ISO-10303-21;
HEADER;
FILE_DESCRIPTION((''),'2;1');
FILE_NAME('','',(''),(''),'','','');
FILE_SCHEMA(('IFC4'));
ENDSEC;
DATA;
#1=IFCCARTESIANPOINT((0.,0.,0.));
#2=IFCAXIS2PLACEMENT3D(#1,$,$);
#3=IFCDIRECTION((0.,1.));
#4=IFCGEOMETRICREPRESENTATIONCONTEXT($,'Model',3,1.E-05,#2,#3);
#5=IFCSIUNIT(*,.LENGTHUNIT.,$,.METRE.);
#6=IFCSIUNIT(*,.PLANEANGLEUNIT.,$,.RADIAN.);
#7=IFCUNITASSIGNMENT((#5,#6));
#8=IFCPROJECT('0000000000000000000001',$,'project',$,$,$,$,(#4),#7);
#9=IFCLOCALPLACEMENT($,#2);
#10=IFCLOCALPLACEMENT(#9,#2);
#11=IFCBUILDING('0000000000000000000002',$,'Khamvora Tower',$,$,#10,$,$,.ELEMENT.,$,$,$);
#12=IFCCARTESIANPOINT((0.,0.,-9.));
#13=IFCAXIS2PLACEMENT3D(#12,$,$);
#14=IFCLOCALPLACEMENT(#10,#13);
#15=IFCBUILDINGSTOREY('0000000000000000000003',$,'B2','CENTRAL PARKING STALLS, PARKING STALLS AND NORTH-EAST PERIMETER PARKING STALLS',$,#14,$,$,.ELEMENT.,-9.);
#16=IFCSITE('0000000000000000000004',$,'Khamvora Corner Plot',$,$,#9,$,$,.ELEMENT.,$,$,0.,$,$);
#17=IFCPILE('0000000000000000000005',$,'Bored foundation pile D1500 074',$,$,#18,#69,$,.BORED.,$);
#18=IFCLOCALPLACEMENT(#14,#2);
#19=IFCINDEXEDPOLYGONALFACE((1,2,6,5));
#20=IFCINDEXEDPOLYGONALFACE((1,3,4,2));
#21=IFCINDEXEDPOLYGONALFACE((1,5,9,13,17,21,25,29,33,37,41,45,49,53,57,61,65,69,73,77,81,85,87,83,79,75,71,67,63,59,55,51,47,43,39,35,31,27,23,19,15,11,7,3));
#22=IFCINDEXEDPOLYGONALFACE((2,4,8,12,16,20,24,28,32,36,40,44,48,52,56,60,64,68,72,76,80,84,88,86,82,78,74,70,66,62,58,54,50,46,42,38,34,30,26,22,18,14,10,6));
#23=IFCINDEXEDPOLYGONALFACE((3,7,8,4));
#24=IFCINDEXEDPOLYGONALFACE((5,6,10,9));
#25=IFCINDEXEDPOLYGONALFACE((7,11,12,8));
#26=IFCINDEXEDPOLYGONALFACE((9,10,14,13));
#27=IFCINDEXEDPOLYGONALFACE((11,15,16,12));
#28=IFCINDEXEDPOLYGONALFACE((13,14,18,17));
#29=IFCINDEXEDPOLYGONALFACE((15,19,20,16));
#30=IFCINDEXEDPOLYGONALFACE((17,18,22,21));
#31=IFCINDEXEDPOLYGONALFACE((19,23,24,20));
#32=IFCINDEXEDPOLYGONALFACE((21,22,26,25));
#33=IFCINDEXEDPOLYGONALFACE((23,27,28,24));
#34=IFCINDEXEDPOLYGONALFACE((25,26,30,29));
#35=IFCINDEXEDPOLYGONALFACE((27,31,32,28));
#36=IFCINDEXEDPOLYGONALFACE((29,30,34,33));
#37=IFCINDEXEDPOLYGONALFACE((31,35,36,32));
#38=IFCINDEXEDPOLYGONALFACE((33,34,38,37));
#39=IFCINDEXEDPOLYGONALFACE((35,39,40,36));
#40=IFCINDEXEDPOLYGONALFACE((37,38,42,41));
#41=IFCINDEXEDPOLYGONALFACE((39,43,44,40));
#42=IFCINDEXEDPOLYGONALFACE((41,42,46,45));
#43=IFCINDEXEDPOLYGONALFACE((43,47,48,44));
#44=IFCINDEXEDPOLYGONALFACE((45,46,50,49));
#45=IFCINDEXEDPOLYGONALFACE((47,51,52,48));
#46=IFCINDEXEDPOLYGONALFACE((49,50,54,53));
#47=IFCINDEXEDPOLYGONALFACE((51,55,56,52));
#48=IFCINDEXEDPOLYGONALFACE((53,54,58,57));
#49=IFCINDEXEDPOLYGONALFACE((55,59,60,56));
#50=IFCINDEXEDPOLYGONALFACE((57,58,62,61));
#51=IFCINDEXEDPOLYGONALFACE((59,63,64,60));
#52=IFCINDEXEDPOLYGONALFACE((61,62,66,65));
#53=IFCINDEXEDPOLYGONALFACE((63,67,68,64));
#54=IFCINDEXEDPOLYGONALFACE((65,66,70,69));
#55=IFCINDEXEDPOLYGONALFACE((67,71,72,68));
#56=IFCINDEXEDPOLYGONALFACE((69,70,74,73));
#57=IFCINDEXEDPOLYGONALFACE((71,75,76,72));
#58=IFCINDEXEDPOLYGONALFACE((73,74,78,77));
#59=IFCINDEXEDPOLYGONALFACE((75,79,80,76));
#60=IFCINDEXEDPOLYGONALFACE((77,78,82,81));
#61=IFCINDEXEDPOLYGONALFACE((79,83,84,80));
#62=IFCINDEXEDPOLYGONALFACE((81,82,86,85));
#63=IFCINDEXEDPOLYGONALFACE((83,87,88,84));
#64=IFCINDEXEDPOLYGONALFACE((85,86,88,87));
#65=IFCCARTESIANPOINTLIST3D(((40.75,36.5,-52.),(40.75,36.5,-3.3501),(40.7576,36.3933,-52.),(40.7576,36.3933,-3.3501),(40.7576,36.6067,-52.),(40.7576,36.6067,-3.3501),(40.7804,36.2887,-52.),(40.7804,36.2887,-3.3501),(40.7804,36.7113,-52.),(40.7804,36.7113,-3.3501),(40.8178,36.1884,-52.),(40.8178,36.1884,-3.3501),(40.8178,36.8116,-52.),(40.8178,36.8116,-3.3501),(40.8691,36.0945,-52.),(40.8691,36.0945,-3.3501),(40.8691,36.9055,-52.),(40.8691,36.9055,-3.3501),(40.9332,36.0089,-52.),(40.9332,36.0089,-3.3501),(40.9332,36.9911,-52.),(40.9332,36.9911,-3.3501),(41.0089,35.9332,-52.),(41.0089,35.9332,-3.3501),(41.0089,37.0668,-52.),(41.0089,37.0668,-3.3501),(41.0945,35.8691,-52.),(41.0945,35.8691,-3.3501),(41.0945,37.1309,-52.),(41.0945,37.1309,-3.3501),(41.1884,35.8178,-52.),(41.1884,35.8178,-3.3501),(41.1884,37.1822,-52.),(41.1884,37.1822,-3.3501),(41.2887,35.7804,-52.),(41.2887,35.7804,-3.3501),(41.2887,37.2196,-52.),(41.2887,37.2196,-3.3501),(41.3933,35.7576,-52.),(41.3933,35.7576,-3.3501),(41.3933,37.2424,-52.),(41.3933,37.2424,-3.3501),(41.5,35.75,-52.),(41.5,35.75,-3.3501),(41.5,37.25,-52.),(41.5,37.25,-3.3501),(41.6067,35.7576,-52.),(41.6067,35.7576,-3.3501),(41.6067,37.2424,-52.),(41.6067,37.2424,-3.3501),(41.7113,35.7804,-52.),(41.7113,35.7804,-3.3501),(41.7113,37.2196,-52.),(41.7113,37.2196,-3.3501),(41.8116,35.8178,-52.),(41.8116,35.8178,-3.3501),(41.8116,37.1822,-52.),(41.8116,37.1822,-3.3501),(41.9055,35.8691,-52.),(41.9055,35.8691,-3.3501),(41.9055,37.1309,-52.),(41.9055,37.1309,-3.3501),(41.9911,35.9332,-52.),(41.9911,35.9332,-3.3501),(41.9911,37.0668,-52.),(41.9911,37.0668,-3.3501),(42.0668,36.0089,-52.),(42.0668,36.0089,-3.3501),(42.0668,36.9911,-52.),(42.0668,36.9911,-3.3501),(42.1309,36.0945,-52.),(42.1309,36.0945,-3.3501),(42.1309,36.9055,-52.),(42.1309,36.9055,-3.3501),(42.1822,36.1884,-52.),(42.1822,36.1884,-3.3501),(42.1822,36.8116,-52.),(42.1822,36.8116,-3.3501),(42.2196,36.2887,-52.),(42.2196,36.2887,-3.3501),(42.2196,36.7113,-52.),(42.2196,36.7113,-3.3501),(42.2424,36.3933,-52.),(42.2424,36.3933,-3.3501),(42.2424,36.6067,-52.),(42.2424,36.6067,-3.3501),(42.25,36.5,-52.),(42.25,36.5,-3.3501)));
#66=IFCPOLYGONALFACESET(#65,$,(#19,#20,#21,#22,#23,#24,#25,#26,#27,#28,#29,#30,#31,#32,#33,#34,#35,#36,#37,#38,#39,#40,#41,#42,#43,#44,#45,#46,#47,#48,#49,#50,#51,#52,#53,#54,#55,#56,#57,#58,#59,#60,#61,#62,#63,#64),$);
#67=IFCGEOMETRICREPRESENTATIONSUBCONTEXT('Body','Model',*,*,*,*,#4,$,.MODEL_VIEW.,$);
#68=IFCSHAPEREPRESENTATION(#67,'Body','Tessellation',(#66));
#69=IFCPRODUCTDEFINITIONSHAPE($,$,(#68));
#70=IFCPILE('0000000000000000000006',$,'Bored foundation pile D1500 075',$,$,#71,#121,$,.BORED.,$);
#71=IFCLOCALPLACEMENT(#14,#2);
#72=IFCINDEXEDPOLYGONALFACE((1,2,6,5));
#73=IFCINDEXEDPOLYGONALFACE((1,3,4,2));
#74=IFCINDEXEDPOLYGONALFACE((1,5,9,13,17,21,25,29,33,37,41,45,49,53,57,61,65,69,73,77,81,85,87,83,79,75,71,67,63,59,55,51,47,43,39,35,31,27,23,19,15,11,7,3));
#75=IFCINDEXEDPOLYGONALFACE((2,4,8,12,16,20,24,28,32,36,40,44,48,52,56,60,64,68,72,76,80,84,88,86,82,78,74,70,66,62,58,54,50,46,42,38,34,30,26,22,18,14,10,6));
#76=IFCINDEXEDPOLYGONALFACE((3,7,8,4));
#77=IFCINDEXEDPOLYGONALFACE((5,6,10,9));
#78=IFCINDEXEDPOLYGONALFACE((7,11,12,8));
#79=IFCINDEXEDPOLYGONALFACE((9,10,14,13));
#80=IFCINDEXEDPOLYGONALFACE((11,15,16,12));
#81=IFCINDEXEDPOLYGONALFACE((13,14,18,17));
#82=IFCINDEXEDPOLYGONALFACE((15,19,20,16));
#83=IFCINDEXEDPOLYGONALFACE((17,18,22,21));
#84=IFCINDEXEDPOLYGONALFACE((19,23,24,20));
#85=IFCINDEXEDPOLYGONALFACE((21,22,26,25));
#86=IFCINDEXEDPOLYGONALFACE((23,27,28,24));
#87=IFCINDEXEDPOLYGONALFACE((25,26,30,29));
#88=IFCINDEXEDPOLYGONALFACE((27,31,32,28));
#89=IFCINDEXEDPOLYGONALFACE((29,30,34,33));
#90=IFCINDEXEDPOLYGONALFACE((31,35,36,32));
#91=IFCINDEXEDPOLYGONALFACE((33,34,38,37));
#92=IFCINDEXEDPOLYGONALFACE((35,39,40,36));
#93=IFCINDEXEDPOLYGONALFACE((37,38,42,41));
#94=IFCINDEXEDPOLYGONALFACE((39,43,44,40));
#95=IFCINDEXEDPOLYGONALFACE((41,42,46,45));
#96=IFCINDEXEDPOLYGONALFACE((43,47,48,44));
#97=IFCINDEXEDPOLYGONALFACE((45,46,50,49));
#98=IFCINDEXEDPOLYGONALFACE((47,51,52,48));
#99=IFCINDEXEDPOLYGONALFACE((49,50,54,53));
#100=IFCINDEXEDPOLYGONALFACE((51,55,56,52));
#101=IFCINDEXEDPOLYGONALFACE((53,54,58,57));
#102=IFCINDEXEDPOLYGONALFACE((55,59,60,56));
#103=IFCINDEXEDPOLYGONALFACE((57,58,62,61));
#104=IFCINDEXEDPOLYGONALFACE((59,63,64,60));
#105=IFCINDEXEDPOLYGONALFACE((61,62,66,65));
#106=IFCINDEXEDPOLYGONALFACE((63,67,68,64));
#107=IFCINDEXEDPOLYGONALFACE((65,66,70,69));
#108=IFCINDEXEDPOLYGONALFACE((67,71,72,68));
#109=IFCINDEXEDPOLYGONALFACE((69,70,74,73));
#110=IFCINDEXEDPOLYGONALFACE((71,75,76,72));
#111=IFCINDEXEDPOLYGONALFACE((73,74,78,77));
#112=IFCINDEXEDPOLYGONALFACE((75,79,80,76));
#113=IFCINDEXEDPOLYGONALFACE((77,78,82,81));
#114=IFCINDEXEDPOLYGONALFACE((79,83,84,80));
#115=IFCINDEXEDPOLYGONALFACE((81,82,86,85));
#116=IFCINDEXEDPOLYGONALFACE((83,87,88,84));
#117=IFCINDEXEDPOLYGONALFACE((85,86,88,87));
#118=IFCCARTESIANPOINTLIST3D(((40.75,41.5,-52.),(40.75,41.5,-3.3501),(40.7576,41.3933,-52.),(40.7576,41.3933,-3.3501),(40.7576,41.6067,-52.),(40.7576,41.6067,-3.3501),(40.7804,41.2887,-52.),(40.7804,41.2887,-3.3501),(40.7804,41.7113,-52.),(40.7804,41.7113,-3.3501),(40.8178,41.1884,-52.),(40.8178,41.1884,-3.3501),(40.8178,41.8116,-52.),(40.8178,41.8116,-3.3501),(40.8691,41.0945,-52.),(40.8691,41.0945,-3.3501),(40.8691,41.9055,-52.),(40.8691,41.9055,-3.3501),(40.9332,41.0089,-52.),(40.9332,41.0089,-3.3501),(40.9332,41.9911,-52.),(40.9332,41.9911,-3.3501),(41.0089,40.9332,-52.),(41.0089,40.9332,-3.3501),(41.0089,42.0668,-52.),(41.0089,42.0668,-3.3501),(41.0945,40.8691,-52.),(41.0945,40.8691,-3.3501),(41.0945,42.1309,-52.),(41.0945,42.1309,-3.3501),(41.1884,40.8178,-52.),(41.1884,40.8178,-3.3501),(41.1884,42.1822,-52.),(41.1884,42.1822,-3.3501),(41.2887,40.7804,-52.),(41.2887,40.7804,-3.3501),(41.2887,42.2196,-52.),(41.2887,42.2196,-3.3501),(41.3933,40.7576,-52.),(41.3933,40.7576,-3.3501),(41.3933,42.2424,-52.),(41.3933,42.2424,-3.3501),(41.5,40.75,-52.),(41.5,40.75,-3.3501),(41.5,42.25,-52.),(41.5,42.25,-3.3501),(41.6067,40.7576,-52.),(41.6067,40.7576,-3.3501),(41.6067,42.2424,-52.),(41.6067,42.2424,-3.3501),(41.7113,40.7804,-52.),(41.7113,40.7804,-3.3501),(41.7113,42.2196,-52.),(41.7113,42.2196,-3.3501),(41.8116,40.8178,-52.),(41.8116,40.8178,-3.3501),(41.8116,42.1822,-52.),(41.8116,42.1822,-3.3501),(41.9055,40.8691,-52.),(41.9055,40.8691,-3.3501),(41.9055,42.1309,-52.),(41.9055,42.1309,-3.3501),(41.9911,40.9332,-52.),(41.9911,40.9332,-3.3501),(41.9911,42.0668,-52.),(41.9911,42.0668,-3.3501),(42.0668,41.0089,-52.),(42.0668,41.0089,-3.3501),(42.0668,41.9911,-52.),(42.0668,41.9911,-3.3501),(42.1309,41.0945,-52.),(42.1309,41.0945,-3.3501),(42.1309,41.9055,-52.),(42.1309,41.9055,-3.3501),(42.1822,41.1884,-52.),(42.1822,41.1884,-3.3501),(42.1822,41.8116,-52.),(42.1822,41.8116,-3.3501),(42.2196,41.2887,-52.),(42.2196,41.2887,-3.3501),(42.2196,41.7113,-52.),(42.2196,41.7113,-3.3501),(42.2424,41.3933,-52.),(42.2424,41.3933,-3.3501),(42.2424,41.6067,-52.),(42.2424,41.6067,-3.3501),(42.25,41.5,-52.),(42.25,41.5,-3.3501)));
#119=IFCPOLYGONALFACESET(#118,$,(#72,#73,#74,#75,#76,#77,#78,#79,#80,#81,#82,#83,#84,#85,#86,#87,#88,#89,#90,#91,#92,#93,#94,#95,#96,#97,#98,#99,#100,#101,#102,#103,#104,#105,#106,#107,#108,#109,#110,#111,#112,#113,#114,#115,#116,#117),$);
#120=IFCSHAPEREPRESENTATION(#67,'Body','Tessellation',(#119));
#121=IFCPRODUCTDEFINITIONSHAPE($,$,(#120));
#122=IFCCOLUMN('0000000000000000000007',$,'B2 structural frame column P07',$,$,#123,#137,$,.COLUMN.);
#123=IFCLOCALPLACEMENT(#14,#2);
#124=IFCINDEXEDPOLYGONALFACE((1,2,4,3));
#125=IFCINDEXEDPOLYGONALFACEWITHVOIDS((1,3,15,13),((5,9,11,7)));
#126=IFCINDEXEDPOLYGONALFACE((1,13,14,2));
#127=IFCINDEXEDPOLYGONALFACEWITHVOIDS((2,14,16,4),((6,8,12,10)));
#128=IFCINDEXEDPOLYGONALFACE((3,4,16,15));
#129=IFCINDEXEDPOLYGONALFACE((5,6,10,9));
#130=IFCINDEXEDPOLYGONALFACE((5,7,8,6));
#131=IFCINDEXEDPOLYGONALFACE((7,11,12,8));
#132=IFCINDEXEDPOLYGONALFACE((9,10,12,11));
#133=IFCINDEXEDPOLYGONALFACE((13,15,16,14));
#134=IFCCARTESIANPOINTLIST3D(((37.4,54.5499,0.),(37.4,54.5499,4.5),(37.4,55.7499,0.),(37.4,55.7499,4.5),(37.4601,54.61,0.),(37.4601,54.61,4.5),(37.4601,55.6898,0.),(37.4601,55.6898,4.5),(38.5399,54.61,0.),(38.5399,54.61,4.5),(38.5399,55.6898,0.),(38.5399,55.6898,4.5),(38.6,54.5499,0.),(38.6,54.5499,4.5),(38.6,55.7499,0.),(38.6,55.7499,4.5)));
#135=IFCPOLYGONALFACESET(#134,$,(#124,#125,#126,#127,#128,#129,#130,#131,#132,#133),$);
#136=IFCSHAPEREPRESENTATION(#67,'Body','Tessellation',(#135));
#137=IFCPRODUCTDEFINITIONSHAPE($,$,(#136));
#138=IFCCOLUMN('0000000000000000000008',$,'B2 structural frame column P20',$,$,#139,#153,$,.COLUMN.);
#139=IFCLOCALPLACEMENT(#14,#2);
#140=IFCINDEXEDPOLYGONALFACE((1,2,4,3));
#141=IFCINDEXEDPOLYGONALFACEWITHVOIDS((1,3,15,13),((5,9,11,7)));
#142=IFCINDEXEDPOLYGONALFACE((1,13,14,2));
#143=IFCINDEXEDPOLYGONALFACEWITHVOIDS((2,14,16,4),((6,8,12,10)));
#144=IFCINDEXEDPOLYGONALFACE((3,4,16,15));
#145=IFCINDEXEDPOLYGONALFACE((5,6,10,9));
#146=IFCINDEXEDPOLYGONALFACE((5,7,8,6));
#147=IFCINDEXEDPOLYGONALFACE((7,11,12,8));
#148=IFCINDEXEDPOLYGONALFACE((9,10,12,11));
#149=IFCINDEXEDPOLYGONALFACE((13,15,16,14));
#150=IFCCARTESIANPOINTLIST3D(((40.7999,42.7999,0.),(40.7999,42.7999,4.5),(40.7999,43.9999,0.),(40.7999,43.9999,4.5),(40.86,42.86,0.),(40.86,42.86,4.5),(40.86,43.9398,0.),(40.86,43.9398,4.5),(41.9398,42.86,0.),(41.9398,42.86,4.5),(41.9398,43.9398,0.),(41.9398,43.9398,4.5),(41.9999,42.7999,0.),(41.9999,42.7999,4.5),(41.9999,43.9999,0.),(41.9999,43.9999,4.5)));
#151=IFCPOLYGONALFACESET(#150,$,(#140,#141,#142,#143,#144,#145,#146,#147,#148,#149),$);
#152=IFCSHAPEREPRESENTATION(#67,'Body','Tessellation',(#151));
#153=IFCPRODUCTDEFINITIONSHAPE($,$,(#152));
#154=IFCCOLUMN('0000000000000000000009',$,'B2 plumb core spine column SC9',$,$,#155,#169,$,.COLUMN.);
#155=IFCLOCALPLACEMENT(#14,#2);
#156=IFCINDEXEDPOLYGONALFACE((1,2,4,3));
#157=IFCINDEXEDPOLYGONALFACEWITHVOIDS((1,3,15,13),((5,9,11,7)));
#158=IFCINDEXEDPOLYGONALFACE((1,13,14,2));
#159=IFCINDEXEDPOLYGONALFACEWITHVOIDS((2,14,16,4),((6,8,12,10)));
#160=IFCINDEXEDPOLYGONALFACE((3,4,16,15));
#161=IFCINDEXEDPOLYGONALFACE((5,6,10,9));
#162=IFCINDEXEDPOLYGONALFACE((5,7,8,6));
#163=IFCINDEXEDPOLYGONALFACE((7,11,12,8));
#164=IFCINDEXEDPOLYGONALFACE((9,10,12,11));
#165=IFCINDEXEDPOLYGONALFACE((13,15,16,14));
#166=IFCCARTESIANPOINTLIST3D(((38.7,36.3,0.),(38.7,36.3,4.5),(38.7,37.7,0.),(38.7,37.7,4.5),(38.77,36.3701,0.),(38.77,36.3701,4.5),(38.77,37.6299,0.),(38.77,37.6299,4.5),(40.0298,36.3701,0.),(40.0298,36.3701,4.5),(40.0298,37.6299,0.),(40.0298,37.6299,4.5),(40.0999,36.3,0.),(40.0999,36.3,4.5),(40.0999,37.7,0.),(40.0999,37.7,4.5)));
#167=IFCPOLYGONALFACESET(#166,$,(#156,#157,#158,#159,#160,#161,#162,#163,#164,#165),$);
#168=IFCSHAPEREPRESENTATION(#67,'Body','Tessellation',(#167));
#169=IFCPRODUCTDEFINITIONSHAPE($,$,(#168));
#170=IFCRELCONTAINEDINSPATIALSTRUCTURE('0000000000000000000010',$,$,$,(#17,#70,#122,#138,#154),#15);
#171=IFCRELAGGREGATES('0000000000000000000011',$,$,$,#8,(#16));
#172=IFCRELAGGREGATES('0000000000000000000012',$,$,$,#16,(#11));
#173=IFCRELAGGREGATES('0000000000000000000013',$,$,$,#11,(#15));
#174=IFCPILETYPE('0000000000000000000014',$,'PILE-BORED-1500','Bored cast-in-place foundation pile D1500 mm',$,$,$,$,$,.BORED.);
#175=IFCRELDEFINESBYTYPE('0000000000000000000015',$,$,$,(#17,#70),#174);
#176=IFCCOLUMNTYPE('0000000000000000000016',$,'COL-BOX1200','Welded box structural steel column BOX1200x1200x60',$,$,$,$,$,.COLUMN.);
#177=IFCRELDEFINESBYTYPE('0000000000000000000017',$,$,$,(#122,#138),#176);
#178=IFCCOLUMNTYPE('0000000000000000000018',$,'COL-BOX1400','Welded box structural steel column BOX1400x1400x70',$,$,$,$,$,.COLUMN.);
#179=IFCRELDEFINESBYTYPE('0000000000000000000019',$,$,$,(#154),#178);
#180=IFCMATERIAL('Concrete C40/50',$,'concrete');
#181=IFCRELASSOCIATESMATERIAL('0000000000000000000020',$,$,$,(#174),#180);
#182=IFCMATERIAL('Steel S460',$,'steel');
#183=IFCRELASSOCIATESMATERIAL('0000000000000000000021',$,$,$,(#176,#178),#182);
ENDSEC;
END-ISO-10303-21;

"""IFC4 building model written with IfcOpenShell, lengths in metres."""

from ifc_helpers import new_model, si_unit, direction, frame, origin, origin_2d, place, context, subcontext, project, spatial, hollow_rectangle, circle, extrude, material, material_profile, profile_set, type_object, element, save


model = new_model("IFC4")

# Units and contexts
model_context = context("Model", 3, precision=1e-05, world=origin(), true_north=direction((0.0, 1.0)))
body_context = subcontext(model_context, "Body", "Model", "MODEL_VIEW")
ifc_project = project(units=[si_unit("LENGTHUNIT", "METRE"), si_unit("PLANEANGLEUNIT", "RADIAN")], contexts=[model_context])

# Site, building, storey
site_placement = place(None, origin())
site = spatial("IfcSite", under=ifc_project, at=site_placement, Name="Khamvora Corner Plot", CompositionType="ELEMENT", RefElevation=0.0)
building_placement = place(site_placement, origin())
building = spatial("IfcBuilding", under=site, at=building_placement, Name="Khamvora Tower", CompositionType="ELEMENT")
storey_placement = place(building_placement, frame((0.0, 0.0, -9.0)))
storey = spatial("IfcBuildingStorey", under=building, at=storey_placement, Name="B2", Description="CENTRAL PARKING STALLS, PARKING STALLS AND NORTH-EAST PERIMETER PARKING STALLS", CompositionType="ELEMENT", Elevation=-9.0)

# Piles
ifc_material_1 = material(Name="Concrete C40/50", Category="concrete")
ifc_material_profile_1 = material_profile(ifc_material_1, circle(Radius=0.75, at=origin_2d()), Name="PILE_D1500")
ifc_profile_set_1 = profile_set([ifc_material_profile_1], Name="Concrete C40/50")
pile_type = type_object("IfcPileType", Name="PILE-BORED-1500", Description="Bored cast-in-place foundation pile D1500 mm", PredefinedType="BORED", material=ifc_profile_set_1)
for number, where, z_axis, x_axis, name in (
    (1, (41.5, 36.5, -3.3501), (0.0, 0.0, -1.0), (1.0, 0.0, 0.0), "Bored foundation pile D1500 074"),
    (2, (41.5, 41.5, -3.3501), (0.0, 0.0, -1.0), (1.0, 0.0, 0.0), "Bored foundation pile D1500 075"),
):
    element("IfcPile", number, at=place(storey_placement, frame(where, z_axis=z_axis, x_axis=x_axis)), inside=storey, type_object=pile_type, Name=name, PredefinedType="BORED", context=body_context, shape_type="SweptSolid", body=[
        extrude(circle(Radius=0.75, at=origin_2d()), origin(), (0.0, 0.0, 1.0), 48.6499),
    ])

# Columns
ifc_material_2 = material(Name="Steel S460", Category="steel")
ifc_material_profile_2 = material_profile(ifc_material_2, hollow_rectangle(XDim=1.2, YDim=1.2, WallThickness=0.0601, at=origin_2d()), Name="BOX1200x1200x60")
ifc_profile_set_2 = profile_set([ifc_material_profile_2], Name="Steel S460")
column_type_1 = type_object("IfcColumnType", Name="COL-BOX1200", Description="Welded box structural steel column BOX1200x1200x60", PredefinedType="COLUMN", material=ifc_profile_set_2)
for number, where, z_axis, x_axis, name in (
    (3, (38.0, 55.1499, 0.0), (0.0, 0.0, 1.0), (1.0, 0.0, 0.0), "B2 structural frame column P07"),
    (4, (41.3999, 43.3999, 0.0), (0.0, 0.0, 1.0), (1.0, 0.0, 0.0), "B2 structural frame column P20"),
):
    element("IfcColumn", number, at=place(storey_placement, frame(where, z_axis=z_axis, x_axis=x_axis)), inside=storey, type_object=column_type_1, Name=name, PredefinedType="COLUMN", context=body_context, shape_type="SweptSolid", body=[
        extrude(hollow_rectangle(XDim=1.2, YDim=1.2, WallThickness=0.0601, at=origin_2d()), origin(), (0.0, 0.0, 1.0), 4.5),
    ])
ifc_material_profile_3 = material_profile(ifc_material_2, hollow_rectangle(XDim=1.3999, YDim=1.3999, WallThickness=0.0701, at=origin_2d()), Name="BOX1400x1400x70")
ifc_profile_set_3 = profile_set([ifc_material_profile_3], Name="Steel S460")
column_type_2 = type_object("IfcColumnType", Name="COL-BOX1400", Description="Welded box structural steel column BOX1400x1400x70", PredefinedType="COLUMN", material=ifc_profile_set_3)
column_placement = place(storey_placement, frame((39.3999, 37.0, 0.0), z_axis=(0.0, 0.0, 1.0), x_axis=(1.0, 0.0, 0.0)))
element("IfcColumn", 5, at=column_placement, inside=storey, type_object=column_type_2, Name="B2 plumb core spine column SC9", PredefinedType="COLUMN", context=body_context, shape_type="SweptSolid", body=[
    extrude(hollow_rectangle(XDim=1.3999, YDim=1.3999, WallThickness=0.0701, at=origin_2d()), origin(), (0.0, 0.0, 1.0), 4.5),
])

save(model, "model.ifc")
